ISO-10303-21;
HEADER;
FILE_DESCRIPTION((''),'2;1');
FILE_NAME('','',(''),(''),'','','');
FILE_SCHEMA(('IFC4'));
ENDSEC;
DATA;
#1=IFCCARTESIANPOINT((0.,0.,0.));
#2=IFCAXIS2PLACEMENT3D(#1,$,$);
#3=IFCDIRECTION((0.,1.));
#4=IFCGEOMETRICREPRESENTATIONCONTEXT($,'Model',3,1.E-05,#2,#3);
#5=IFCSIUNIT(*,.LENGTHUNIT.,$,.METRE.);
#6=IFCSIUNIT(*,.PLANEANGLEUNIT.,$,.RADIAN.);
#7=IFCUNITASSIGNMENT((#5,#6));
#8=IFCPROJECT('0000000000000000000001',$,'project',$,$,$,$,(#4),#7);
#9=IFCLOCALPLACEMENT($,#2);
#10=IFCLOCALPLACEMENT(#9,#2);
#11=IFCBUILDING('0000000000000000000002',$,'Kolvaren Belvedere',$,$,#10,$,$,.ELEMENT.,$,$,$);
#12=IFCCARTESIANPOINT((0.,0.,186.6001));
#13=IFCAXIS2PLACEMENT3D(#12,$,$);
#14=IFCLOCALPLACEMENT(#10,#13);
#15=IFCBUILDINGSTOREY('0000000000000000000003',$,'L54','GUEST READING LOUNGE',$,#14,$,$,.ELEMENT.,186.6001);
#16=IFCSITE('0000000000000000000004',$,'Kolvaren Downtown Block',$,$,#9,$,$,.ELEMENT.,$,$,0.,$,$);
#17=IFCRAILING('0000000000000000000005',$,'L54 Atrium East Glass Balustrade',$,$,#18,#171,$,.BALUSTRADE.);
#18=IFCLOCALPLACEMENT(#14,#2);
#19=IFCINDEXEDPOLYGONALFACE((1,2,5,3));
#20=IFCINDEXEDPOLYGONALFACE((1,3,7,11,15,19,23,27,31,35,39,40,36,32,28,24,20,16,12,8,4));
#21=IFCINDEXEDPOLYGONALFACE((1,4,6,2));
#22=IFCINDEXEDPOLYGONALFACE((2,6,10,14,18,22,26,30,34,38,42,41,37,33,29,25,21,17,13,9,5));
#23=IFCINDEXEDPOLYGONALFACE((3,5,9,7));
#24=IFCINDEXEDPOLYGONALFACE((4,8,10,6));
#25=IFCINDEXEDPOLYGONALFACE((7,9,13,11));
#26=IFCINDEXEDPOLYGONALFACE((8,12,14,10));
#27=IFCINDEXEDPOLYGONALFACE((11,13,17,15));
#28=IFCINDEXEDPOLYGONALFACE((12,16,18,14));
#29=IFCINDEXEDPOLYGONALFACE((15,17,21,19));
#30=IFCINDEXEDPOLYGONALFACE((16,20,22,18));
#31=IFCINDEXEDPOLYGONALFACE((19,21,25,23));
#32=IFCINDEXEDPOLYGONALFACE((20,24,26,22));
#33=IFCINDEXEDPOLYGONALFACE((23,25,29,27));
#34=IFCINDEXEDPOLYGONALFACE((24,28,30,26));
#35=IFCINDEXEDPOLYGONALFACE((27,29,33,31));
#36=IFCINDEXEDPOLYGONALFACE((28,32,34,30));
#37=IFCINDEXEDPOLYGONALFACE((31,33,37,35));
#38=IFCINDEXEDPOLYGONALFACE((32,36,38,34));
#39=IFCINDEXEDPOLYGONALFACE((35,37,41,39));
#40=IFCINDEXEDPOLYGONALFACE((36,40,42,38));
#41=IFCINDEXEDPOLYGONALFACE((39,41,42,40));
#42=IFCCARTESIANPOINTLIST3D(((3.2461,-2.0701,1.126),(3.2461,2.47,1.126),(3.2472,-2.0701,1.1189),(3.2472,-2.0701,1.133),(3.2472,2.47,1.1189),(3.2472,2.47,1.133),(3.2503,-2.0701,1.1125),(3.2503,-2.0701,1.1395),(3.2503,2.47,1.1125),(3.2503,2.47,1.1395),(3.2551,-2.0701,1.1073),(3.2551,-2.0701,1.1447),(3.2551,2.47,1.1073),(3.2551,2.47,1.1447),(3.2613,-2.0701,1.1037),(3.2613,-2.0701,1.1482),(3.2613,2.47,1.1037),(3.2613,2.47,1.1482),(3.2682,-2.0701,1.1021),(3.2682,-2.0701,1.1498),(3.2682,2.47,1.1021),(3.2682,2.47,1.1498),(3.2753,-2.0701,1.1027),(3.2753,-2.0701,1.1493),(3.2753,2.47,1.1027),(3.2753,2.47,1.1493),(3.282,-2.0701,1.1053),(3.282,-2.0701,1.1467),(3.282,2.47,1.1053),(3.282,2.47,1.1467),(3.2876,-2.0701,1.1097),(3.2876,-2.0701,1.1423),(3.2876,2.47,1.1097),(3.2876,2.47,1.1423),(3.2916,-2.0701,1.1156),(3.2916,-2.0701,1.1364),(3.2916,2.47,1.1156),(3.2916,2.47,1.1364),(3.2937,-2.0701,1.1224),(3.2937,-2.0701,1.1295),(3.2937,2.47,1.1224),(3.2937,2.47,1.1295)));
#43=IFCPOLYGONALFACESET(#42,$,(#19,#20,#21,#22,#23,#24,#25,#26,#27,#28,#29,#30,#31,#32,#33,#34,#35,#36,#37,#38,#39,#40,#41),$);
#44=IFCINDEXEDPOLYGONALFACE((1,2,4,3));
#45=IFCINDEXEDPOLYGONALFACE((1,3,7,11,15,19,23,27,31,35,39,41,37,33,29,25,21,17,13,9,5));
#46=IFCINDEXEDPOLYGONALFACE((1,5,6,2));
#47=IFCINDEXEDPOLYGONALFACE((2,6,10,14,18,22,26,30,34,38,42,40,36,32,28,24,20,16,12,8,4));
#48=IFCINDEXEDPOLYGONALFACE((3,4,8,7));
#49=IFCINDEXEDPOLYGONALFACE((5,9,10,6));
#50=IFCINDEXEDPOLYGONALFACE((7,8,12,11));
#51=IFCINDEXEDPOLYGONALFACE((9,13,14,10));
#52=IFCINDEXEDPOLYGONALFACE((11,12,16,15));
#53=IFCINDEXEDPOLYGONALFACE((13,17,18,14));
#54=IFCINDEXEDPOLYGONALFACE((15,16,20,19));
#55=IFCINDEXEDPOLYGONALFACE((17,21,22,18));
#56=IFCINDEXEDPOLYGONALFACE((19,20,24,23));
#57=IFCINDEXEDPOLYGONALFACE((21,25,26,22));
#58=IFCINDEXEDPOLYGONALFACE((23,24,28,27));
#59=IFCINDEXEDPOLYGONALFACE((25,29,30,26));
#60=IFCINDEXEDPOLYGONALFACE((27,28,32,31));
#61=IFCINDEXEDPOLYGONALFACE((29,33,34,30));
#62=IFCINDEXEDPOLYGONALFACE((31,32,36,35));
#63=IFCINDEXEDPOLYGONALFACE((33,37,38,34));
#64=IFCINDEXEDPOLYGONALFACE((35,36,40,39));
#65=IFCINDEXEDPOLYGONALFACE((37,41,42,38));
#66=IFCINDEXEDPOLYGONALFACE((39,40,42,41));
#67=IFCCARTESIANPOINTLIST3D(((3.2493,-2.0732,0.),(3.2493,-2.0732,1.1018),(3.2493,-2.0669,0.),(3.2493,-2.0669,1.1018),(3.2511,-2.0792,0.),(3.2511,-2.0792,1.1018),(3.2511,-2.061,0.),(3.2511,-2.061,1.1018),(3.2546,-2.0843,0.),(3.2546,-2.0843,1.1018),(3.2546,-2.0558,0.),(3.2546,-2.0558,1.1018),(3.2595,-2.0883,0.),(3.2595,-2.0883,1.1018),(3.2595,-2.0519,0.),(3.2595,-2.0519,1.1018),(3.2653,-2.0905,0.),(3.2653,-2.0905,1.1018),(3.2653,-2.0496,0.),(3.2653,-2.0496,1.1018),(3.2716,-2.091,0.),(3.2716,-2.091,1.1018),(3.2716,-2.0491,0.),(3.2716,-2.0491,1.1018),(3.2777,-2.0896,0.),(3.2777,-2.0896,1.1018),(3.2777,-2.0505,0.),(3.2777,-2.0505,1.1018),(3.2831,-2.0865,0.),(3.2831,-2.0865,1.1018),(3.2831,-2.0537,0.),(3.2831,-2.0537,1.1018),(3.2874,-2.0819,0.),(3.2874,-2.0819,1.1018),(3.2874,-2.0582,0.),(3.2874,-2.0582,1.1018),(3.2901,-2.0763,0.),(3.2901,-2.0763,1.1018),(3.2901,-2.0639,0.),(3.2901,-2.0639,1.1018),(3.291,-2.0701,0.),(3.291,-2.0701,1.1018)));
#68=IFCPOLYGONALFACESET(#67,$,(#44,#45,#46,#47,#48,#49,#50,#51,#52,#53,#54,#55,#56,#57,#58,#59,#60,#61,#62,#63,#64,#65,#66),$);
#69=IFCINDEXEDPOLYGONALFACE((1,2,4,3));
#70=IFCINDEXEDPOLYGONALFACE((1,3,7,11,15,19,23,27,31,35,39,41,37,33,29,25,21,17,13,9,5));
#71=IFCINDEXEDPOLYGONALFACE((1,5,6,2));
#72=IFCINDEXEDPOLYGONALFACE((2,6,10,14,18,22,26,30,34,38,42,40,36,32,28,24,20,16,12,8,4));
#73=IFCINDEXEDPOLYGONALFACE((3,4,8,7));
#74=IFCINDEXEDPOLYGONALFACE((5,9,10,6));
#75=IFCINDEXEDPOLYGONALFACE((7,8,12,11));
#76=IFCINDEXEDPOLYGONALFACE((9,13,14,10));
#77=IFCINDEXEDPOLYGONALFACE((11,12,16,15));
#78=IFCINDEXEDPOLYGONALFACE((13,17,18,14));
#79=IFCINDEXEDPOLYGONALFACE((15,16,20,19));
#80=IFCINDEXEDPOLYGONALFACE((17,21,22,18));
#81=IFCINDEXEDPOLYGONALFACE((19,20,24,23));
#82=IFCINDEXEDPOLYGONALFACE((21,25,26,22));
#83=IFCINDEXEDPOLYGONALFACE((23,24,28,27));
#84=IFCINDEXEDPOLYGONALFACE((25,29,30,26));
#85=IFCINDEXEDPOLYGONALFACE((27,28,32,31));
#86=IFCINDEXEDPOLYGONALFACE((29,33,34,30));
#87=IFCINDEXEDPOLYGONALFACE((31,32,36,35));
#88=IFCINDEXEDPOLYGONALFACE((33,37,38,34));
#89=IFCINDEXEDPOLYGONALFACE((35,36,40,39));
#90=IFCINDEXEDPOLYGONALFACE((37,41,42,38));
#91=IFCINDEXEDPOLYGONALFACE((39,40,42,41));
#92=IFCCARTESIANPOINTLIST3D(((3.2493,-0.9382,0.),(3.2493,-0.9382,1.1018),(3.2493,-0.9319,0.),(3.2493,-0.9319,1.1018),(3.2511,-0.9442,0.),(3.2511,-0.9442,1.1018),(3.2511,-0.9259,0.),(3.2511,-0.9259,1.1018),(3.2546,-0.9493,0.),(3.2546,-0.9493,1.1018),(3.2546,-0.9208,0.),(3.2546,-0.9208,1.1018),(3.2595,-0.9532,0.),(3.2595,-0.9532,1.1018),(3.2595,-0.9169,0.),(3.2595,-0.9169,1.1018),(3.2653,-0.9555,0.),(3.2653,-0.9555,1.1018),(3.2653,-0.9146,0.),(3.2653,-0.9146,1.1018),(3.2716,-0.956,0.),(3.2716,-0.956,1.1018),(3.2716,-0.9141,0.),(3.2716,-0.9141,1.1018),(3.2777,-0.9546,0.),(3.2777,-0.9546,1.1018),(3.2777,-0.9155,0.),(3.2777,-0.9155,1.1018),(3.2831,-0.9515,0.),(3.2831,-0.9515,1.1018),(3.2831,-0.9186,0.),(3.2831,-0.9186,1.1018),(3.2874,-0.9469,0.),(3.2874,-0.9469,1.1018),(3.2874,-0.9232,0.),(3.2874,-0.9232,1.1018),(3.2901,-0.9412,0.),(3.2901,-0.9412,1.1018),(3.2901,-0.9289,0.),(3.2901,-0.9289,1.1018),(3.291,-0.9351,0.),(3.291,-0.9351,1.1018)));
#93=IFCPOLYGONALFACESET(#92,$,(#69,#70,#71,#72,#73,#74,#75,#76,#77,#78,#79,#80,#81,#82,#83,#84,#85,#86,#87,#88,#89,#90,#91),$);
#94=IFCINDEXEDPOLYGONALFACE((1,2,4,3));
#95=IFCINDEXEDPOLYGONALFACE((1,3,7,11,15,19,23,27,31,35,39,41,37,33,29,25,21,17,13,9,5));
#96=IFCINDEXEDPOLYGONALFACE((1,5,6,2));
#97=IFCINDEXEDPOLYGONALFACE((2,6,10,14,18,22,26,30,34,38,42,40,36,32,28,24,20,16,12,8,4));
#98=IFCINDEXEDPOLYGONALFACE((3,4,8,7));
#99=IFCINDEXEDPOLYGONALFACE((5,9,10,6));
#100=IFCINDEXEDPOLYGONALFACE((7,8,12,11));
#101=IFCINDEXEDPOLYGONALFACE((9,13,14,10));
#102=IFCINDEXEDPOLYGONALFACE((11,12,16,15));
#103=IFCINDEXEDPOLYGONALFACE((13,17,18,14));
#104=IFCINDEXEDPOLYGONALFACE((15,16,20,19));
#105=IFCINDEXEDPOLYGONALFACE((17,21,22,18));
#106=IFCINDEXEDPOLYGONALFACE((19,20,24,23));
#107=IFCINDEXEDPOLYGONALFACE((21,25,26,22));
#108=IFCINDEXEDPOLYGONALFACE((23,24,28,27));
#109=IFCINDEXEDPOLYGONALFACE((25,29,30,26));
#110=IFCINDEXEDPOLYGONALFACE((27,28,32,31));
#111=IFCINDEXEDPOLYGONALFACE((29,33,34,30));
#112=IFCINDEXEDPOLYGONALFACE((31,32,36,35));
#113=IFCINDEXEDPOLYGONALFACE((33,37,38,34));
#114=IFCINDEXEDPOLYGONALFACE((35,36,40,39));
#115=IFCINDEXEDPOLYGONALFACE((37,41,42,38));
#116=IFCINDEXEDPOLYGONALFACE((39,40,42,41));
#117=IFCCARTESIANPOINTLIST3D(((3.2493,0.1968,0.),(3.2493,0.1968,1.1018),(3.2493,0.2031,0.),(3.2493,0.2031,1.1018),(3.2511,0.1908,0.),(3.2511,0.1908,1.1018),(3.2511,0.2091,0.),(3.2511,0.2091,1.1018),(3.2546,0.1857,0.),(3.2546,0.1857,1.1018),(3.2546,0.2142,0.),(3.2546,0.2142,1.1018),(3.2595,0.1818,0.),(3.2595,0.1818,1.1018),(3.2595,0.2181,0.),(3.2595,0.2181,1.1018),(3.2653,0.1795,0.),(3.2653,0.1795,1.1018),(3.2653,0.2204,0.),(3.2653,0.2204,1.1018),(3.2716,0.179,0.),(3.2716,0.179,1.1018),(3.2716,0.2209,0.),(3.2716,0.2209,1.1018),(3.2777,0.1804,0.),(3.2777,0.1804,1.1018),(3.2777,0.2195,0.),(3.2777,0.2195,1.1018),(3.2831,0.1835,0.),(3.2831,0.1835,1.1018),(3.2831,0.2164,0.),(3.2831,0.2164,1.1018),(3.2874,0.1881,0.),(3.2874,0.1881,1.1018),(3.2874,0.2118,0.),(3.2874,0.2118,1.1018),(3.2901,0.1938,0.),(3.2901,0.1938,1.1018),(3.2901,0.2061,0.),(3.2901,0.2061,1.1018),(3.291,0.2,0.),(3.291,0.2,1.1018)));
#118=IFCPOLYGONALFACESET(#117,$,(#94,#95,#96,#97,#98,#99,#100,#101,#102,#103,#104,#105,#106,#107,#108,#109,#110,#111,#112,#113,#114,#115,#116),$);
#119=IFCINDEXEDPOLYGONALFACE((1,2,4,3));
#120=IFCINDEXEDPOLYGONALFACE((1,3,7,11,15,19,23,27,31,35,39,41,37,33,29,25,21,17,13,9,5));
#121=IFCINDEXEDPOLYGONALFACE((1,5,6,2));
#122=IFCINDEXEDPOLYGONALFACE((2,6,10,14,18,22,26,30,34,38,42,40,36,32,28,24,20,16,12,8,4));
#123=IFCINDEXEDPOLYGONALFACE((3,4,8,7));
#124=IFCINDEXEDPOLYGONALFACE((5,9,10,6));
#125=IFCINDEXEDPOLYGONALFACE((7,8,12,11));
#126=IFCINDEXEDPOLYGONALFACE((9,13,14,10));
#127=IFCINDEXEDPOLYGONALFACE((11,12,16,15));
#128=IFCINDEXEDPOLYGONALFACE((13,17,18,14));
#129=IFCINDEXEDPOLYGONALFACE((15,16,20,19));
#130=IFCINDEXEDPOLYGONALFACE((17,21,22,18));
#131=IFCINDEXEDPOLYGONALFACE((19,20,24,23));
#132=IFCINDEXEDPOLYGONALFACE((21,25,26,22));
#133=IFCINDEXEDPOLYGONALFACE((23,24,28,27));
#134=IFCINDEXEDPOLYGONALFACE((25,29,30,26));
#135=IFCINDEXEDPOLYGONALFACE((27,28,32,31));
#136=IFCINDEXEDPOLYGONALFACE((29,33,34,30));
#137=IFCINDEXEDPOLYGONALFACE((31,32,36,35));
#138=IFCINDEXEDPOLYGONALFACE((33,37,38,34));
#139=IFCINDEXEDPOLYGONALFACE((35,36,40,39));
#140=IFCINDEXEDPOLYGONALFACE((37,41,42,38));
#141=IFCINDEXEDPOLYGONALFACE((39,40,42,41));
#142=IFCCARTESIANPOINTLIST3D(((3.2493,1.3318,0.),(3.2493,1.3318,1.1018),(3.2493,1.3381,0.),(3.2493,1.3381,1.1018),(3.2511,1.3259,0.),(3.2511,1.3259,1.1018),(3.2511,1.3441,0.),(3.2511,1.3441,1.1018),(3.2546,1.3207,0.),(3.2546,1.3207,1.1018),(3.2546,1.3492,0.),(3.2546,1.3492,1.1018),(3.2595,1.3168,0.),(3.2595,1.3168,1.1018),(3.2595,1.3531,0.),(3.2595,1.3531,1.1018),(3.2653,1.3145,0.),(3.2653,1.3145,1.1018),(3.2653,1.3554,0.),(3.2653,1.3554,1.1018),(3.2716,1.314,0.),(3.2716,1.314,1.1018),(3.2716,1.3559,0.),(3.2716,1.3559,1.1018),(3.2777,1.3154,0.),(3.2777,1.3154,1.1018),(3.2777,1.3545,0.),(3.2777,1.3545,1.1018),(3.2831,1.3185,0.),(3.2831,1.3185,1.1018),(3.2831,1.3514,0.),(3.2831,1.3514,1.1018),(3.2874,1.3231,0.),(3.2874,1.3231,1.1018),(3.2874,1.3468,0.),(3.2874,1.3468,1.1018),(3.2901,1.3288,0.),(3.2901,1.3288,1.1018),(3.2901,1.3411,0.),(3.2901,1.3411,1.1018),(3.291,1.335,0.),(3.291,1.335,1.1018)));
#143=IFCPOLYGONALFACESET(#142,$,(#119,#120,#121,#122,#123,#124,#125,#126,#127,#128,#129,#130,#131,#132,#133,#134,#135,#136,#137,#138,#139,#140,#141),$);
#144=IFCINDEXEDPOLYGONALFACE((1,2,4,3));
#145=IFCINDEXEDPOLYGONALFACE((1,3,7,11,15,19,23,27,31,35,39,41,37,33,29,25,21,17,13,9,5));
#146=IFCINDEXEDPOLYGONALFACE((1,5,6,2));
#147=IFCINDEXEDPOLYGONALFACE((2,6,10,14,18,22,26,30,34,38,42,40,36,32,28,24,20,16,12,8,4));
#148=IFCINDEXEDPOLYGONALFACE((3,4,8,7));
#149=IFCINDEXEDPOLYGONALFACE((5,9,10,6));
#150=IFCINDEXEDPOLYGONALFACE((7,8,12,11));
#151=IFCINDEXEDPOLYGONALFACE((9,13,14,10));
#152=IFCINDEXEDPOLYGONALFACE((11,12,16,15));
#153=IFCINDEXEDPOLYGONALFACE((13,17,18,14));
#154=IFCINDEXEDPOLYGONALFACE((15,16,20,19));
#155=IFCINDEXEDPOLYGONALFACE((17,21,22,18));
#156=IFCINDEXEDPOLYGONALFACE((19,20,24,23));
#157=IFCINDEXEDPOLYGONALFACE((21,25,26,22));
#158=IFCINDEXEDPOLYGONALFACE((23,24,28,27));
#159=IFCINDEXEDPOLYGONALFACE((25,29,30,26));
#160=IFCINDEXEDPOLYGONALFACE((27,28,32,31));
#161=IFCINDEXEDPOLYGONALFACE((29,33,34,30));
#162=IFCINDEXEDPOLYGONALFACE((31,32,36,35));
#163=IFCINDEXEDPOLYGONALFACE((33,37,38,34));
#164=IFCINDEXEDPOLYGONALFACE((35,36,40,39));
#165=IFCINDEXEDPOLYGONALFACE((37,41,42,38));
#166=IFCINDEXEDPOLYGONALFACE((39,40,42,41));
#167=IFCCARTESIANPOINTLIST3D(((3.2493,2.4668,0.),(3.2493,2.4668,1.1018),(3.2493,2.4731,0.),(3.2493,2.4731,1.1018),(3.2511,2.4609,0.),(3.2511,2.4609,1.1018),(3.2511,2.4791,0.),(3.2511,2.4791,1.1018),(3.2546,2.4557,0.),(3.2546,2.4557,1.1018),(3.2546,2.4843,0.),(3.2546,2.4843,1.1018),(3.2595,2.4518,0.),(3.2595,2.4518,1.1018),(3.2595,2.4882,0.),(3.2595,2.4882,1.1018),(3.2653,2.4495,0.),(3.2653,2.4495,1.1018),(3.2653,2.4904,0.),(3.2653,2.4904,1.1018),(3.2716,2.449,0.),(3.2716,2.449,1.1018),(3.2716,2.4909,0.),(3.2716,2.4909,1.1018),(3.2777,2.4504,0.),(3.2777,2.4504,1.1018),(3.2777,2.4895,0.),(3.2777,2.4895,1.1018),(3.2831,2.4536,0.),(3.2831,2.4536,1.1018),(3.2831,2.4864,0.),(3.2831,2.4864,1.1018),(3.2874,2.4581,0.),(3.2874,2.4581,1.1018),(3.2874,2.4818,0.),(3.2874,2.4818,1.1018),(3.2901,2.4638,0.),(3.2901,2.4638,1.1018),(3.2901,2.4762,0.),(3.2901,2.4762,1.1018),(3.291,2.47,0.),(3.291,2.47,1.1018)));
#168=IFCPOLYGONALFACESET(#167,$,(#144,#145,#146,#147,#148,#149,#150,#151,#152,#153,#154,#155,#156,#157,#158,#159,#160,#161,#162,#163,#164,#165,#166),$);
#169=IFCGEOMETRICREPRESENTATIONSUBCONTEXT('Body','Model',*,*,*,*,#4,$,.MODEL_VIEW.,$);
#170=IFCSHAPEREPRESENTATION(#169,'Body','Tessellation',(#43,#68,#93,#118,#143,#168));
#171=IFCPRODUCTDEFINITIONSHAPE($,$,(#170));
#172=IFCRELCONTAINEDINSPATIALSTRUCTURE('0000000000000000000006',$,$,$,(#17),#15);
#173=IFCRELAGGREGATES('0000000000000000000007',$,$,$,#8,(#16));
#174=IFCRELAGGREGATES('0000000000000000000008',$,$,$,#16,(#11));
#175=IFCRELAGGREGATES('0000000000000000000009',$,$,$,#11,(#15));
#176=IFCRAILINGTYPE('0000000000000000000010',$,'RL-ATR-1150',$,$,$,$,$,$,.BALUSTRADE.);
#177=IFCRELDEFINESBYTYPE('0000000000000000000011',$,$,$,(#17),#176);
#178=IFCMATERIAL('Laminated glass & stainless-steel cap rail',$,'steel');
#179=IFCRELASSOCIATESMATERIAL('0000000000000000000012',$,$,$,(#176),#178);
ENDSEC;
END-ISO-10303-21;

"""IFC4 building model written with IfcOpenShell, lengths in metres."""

from ifc_helpers import new_model, si_unit, direction, frame, origin, origin_2d, place, context, subcontext, project, spatial, circle, extrude, material, type_object, element, save


model = new_model("IFC4")

# Units and contexts
model_context = context("Model", 3, precision=1e-05, world=origin(), true_north=direction((0.0, 1.0)))
body_context = subcontext(model_context, "Body", "Model", "MODEL_VIEW")
ifc_project = project(units=[si_unit("LENGTHUNIT", "METRE"), si_unit("PLANEANGLEUNIT", "RADIAN")], contexts=[model_context])

# Site, building, storey
site_placement = place(None, origin())
site = spatial("IfcSite", under=ifc_project, at=site_placement, Name="Kolvaren Downtown Block", CompositionType="ELEMENT", RefElevation=0.0)
building_placement = place(site_placement, origin())
building = spatial("IfcBuilding", under=site, at=building_placement, Name="Kolvaren Belvedere", CompositionType="ELEMENT")
storey_placement = place(building_placement, frame((0.0, 0.0, 186.6001)))
storey = spatial("IfcBuildingStorey", under=building, at=storey_placement, Name="L54", Description="GUEST READING LOUNGE", CompositionType="ELEMENT", Elevation=186.6001)

# Railing
ifc_material_1 = material(Name="Laminated glass & stainless-steel cap rail", Category="steel")
railing_type_1 = type_object("IfcRailingType", Name="RL-ATR-1150", PredefinedType="BALUSTRADE", material=ifc_material_1)
railing_1_placement = place(storey_placement, frame((3.27, -2.0701, 0.0)))
element("IfcRailing", 1, at=railing_1_placement, inside=storey, type_object=railing_type_1, Name="L54 Atrium East Glass Balustrade", PredefinedType="BALUSTRADE", context=body_context, shape_type="SweptSolid", body=[
    extrude(circle(Radius=0.0239, at=origin_2d()), frame((0.0, 0.0, 1.126), z_axis=(0.0, 1.0, 0.0), x_axis=(-1.0, 0.0, 0.0)), (0.0, 0.0, 1.0), 4.54),
    extrude(circle(Radius=0.021, at=origin_2d()), origin(), (0.0, 0.0, 1.0), 1.1018),
    extrude(circle(Radius=0.021, at=origin_2d()), frame((0.0, 1.135, 0.0)), (0.0, 0.0, 1.0), 1.1018),
    extrude(circle(Radius=0.021, at=origin_2d()), frame((0.0, 2.27, 0.0)), (0.0, 0.0, 1.0), 1.1018),
    extrude(circle(Radius=0.021, at=origin_2d()), frame((0.0, 3.405, 0.0)), (0.0, 0.0, 1.0), 1.1018),
    extrude(circle(Radius=0.021, at=origin_2d()), frame((0.0, 4.54, 0.0)), (0.0, 0.0, 1.0), 1.1018),
])

save(model, "model.ifc")
